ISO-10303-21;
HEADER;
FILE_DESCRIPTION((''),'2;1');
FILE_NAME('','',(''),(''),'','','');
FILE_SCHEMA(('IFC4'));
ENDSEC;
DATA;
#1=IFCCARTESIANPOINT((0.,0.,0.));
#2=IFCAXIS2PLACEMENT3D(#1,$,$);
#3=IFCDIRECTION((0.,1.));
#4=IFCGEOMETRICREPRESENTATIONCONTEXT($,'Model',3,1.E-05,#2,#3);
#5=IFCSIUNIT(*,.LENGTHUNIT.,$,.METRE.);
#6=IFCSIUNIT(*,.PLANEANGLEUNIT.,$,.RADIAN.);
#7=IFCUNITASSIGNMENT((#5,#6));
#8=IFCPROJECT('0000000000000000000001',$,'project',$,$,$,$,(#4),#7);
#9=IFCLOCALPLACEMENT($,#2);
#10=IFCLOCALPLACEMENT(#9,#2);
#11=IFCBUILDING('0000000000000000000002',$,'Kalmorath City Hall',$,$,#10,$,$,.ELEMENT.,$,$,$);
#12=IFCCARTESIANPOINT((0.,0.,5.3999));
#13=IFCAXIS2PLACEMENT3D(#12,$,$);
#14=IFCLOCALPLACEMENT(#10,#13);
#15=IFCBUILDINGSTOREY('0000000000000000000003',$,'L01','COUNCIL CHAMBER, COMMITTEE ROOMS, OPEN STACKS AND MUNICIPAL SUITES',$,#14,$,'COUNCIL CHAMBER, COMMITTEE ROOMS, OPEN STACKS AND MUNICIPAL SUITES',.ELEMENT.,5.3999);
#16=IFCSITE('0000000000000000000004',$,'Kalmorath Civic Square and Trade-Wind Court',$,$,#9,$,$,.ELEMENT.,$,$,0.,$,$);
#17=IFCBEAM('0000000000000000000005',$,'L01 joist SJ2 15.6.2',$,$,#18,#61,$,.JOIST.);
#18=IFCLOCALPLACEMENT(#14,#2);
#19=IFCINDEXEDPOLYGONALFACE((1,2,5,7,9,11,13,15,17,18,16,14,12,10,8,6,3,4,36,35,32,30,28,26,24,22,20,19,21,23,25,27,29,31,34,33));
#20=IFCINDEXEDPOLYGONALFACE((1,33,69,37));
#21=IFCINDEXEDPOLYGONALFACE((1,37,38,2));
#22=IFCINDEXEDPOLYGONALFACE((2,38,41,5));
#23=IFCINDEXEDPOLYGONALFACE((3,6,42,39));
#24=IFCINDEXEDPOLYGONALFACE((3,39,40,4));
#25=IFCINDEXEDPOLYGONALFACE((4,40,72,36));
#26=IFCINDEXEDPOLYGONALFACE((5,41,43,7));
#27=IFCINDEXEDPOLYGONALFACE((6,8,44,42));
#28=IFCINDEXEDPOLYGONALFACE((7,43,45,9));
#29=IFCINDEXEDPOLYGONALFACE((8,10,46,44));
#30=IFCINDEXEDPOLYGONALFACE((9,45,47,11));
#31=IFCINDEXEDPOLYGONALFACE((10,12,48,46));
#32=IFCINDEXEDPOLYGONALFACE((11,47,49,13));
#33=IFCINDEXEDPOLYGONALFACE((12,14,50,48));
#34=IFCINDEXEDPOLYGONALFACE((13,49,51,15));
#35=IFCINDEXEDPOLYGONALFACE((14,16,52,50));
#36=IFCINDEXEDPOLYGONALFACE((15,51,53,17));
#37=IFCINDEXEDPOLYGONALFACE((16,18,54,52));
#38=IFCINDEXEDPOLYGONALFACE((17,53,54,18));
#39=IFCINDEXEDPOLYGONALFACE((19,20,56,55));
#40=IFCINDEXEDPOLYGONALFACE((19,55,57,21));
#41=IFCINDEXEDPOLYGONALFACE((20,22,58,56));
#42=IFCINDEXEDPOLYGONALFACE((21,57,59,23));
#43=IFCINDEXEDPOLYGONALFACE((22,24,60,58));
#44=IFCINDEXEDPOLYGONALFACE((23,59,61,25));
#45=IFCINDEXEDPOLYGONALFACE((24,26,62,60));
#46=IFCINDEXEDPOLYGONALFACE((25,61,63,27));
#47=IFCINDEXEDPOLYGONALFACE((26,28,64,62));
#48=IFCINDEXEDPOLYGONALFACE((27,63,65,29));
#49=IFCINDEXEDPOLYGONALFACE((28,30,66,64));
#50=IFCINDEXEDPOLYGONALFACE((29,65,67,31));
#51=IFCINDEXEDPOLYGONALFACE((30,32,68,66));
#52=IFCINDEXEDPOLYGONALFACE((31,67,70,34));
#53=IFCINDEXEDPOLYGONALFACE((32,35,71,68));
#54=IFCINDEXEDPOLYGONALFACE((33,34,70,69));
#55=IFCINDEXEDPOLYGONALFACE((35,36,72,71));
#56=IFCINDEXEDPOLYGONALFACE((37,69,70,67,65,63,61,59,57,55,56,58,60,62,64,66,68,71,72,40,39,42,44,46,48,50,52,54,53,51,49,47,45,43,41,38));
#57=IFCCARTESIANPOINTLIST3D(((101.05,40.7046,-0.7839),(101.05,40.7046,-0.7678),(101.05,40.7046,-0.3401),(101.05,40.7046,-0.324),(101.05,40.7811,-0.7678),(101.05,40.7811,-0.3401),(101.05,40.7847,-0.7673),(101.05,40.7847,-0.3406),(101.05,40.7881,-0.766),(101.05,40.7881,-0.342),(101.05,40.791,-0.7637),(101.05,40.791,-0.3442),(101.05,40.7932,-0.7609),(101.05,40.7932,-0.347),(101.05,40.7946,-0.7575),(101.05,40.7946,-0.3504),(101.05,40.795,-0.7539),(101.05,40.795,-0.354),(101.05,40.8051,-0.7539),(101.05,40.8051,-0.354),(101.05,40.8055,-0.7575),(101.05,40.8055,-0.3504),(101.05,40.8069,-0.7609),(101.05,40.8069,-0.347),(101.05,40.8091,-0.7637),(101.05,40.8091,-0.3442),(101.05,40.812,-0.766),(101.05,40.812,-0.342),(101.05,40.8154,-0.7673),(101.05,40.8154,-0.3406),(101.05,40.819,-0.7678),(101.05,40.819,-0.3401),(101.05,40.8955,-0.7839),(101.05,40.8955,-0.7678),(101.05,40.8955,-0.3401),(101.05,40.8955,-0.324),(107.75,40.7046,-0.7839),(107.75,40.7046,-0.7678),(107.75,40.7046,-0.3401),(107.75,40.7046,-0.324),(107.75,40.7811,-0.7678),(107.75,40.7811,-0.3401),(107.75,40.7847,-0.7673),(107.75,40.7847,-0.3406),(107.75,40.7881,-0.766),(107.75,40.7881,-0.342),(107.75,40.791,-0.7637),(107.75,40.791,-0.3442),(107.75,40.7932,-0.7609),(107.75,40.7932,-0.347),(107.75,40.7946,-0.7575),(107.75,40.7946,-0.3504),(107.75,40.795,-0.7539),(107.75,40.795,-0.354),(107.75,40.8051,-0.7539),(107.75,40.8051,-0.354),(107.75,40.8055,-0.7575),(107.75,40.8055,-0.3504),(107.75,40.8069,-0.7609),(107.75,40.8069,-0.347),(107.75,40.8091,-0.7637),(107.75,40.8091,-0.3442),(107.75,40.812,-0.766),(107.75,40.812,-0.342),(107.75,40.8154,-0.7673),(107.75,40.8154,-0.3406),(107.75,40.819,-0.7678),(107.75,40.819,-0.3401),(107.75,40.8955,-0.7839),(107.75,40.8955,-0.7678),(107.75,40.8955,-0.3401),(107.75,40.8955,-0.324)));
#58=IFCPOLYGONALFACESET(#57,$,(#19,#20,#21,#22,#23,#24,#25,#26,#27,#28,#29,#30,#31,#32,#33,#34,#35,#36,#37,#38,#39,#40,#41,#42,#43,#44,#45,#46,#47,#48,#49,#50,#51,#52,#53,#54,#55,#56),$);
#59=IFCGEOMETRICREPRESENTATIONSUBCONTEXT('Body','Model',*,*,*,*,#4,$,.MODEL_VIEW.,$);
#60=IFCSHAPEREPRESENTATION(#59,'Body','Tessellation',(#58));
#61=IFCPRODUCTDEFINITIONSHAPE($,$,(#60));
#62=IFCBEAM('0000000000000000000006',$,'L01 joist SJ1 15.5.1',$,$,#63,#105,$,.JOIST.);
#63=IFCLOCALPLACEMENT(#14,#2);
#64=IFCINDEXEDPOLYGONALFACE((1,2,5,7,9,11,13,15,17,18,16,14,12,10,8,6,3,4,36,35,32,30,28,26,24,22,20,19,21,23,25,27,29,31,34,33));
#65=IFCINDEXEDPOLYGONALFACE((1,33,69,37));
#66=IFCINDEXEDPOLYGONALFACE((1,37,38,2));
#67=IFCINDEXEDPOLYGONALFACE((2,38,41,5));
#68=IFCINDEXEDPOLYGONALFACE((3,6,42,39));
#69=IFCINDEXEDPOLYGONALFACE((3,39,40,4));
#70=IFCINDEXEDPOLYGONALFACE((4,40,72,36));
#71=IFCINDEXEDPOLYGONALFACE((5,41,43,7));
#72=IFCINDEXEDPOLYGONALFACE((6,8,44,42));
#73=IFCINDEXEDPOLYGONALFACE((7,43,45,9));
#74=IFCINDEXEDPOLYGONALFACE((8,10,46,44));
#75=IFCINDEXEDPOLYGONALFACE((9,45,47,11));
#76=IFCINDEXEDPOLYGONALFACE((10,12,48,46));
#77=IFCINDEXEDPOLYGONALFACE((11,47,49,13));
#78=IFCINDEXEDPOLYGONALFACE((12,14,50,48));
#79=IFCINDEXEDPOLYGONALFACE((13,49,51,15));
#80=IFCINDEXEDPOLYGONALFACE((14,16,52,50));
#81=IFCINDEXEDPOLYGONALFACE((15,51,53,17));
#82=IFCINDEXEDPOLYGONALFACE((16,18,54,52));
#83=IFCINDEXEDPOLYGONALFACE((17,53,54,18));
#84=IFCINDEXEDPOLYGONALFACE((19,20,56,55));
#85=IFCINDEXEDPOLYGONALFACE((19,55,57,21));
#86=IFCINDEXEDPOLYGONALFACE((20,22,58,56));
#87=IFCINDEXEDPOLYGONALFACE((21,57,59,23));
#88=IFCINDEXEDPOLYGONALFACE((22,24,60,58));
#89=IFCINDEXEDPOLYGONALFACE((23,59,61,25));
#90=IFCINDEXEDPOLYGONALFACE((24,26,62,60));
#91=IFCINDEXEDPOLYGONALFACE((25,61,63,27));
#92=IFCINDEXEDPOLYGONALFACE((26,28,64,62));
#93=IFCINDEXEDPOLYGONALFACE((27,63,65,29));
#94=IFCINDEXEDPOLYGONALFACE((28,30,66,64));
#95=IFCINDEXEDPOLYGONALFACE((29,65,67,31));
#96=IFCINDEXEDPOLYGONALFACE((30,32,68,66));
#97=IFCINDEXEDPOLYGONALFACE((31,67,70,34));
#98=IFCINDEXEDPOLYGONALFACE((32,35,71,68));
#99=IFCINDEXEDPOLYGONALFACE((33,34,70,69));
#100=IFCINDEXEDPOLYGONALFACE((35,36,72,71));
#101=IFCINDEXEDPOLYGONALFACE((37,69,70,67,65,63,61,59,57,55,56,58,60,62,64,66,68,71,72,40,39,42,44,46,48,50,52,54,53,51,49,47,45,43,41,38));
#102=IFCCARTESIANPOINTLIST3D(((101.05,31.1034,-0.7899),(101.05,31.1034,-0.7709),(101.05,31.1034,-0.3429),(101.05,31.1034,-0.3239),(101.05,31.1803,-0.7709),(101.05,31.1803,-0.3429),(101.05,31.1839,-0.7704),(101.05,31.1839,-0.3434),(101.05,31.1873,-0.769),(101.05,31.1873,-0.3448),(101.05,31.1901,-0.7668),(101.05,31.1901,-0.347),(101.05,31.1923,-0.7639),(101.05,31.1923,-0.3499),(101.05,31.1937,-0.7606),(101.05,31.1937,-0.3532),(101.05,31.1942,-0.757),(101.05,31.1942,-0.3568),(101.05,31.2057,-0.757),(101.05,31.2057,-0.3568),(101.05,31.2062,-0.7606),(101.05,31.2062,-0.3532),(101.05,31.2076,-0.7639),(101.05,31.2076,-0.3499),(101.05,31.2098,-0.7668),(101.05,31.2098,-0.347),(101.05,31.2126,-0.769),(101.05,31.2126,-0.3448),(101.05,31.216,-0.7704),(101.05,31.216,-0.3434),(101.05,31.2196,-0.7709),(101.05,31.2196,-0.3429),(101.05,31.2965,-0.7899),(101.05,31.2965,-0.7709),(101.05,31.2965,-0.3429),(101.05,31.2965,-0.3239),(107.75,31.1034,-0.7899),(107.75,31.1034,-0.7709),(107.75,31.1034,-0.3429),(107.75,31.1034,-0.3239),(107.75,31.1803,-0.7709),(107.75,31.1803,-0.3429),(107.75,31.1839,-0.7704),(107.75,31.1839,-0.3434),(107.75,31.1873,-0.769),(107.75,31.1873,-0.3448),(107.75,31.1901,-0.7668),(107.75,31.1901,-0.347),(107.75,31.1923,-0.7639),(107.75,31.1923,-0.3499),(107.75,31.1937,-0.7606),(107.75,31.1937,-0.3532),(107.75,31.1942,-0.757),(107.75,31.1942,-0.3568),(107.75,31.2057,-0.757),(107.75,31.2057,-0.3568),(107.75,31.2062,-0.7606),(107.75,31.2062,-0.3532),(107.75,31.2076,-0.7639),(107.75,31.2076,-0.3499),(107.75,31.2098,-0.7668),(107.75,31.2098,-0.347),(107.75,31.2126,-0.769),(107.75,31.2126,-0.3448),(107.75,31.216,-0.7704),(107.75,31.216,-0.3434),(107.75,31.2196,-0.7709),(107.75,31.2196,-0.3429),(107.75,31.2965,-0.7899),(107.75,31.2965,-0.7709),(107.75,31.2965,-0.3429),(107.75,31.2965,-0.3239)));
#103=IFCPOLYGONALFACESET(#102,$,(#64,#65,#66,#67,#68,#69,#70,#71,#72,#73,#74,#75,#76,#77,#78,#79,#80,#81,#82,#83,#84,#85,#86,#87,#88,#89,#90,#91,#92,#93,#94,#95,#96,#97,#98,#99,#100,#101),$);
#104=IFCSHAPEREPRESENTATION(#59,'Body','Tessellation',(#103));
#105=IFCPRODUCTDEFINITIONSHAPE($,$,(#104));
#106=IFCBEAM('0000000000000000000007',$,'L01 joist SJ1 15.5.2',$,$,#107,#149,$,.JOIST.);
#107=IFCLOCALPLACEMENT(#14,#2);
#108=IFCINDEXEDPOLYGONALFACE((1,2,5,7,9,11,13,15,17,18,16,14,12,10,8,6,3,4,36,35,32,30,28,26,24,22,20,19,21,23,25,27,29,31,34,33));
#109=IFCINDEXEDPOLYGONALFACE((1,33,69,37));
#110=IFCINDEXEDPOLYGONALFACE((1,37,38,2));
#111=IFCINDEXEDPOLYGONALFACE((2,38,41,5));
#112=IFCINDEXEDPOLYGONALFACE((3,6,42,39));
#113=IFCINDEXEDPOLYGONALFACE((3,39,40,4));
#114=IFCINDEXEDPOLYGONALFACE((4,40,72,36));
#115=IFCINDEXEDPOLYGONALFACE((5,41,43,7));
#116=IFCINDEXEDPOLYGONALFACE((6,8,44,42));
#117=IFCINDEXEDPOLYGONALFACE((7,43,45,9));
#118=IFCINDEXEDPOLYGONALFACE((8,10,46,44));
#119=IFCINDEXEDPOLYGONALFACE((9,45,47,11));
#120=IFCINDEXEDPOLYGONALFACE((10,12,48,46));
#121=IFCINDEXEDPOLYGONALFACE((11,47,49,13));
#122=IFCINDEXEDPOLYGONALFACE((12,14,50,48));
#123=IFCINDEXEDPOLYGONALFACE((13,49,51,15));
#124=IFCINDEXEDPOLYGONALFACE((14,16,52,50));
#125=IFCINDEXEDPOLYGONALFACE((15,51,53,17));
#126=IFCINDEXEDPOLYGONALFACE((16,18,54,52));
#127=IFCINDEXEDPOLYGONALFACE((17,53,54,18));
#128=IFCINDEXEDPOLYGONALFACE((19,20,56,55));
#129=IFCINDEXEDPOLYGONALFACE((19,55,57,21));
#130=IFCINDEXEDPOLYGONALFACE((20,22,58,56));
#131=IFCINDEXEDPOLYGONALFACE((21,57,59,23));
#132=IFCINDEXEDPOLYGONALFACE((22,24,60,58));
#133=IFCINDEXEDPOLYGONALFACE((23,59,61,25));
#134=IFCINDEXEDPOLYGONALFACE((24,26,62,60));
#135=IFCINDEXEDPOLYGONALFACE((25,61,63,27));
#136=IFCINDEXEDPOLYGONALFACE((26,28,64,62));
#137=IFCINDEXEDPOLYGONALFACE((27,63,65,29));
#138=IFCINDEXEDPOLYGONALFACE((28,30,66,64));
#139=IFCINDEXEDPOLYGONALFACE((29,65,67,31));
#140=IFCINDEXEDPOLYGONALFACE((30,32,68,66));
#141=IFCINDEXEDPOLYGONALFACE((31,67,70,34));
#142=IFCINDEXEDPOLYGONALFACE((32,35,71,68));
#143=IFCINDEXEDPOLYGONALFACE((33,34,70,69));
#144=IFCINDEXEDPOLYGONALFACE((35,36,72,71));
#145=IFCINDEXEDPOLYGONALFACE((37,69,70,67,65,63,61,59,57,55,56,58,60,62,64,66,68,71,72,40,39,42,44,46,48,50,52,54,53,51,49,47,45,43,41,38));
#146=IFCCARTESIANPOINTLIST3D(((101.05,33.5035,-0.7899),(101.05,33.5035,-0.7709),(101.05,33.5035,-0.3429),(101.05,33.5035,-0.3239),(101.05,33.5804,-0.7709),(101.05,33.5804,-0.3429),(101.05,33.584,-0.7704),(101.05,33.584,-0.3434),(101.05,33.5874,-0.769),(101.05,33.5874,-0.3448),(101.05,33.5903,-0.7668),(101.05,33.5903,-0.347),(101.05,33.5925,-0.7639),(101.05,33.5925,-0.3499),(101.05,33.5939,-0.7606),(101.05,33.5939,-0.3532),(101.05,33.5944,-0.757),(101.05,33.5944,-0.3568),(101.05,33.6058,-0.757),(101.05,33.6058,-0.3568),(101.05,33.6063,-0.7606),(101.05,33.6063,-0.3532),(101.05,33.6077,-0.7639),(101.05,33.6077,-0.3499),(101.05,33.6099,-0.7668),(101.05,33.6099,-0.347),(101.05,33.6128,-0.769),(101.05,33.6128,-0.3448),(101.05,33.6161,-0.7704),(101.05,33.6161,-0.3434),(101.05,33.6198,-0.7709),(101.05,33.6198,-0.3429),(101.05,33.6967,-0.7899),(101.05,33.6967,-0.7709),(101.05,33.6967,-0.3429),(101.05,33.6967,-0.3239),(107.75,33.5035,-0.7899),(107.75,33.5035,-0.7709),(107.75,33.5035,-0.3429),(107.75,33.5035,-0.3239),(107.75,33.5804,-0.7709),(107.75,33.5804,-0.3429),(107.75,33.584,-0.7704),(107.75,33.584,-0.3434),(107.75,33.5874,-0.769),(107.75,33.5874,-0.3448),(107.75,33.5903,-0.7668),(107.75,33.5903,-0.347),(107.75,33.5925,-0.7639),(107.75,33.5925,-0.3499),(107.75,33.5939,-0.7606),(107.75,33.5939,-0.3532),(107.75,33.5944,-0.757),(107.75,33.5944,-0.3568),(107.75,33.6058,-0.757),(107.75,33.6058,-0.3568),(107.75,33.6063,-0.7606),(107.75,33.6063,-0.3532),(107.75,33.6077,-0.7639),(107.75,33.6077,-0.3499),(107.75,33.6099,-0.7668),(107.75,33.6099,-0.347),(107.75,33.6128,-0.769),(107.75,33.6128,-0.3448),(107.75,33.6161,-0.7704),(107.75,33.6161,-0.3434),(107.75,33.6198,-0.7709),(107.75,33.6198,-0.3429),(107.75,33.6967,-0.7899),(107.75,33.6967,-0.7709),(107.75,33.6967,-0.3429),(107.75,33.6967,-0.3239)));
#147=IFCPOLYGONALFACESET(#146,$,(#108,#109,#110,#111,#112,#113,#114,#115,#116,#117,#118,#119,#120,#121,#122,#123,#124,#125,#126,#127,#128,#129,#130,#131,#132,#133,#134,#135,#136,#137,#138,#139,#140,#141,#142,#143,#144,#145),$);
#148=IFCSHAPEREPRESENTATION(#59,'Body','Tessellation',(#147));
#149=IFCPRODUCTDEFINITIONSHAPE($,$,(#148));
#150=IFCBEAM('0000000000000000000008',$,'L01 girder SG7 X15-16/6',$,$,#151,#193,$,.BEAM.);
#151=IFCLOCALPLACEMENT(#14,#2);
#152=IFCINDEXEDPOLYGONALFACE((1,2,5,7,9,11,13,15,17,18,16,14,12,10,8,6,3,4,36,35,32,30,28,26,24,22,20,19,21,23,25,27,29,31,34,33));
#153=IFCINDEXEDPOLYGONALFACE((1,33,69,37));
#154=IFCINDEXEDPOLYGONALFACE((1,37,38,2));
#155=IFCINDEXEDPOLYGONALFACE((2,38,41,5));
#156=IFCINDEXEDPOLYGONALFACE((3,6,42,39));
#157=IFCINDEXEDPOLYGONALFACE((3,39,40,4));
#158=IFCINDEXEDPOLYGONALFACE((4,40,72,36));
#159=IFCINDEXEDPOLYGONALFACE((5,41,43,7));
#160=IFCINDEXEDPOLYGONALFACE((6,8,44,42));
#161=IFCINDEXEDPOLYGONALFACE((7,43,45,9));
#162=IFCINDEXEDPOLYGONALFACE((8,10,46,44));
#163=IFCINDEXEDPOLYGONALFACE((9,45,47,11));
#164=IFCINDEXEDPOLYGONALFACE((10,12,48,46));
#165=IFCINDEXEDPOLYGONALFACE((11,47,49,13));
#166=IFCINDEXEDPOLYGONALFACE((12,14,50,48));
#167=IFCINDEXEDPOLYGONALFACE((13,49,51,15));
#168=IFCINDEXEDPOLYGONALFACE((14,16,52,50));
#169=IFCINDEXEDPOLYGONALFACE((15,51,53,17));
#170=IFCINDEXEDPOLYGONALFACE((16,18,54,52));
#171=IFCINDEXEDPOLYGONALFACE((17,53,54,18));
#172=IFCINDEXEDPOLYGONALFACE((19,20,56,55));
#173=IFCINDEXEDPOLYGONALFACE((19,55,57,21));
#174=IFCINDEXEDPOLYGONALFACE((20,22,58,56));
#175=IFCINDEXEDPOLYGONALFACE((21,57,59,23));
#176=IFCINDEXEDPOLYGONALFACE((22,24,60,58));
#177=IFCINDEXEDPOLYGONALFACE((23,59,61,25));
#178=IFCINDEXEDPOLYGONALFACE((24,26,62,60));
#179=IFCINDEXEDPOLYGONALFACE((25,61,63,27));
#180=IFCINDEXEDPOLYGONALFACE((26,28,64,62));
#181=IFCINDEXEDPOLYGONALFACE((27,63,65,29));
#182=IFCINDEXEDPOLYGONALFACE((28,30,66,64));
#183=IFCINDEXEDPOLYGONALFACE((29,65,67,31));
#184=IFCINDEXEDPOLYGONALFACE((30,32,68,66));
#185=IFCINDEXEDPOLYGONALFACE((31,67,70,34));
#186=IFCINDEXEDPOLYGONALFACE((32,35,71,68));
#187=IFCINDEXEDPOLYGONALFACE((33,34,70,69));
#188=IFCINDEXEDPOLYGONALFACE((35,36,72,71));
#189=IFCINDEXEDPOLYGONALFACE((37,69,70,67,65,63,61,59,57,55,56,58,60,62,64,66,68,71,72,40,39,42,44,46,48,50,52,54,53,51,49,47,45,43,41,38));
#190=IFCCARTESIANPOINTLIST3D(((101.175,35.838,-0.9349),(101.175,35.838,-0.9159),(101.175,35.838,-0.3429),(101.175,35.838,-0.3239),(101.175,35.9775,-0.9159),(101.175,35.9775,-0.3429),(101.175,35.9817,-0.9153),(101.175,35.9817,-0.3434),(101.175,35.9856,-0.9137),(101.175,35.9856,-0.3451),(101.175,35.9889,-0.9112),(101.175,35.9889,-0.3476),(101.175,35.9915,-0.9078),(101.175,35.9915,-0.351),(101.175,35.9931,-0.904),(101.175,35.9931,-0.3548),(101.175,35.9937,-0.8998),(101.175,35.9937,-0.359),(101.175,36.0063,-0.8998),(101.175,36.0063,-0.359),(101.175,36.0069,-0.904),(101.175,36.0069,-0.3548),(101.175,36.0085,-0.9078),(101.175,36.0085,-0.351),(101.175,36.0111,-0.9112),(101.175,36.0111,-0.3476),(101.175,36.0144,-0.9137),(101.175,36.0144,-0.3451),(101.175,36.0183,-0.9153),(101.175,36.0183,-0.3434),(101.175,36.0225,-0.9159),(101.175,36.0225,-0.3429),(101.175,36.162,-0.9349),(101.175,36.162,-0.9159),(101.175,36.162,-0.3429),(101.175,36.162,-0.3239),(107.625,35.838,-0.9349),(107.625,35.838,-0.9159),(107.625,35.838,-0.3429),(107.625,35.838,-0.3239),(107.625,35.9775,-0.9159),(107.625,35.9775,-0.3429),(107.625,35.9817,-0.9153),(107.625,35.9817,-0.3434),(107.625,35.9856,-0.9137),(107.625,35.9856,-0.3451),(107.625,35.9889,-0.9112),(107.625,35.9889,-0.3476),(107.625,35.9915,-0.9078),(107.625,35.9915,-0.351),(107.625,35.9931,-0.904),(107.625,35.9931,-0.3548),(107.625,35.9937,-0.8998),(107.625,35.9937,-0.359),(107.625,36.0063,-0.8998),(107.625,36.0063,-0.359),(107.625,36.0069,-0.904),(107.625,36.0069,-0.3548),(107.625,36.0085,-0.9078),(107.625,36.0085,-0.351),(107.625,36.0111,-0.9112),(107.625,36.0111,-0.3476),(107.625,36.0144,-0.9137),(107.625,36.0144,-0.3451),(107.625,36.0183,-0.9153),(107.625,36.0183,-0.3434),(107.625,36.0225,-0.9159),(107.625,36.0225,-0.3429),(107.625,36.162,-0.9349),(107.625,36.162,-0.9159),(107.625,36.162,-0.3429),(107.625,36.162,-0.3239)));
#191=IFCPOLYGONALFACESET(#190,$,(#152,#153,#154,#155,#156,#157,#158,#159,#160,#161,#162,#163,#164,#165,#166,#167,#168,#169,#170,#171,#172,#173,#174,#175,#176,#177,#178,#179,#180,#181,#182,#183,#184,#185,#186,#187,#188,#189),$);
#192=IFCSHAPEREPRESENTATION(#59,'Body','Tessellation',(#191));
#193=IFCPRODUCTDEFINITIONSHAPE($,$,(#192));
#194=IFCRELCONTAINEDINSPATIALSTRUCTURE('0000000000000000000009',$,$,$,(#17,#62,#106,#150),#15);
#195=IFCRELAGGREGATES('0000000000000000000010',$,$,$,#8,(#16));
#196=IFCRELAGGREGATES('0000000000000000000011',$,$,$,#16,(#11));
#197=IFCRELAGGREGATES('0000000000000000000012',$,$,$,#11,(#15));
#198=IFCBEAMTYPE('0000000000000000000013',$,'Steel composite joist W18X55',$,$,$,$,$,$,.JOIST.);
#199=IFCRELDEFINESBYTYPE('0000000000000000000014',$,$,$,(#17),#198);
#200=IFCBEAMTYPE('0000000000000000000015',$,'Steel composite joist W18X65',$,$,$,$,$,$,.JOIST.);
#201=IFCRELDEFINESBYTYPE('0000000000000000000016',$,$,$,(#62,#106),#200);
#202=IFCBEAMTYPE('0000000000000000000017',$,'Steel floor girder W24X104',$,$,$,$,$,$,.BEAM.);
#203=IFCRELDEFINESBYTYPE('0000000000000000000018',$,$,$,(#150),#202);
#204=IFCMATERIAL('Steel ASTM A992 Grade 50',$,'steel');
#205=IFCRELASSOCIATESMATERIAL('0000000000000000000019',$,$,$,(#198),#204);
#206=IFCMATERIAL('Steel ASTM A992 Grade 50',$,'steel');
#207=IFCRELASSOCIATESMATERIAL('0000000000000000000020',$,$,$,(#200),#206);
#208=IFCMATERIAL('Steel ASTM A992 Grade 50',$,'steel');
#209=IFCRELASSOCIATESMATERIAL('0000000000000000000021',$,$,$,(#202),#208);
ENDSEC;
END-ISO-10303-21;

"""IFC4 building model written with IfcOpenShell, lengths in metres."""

from ifc_helpers import new_model, si_unit, direction, frame, origin, origin_2d, place, context, subcontext, project, spatial, i_section, extrude, material, material_profile, profile_set, type_object, element, save


model = new_model("IFC4")

# Units and contexts
model_context = context("Model", 3, precision=1e-05, world=origin(), true_north=direction((0.0, 1.0)))
body_context = subcontext(model_context, "Body", "Model", "MODEL_VIEW")
ifc_project = project(units=[si_unit("LENGTHUNIT", "METRE"), si_unit("PLANEANGLEUNIT", "RADIAN")], contexts=[model_context])

# Site, building, storey
site_placement = place(None, origin())
site = spatial("IfcSite", under=ifc_project, at=site_placement, Name="Kalmorath Civic Square and Trade-Wind Court", CompositionType="ELEMENT", RefElevation=0.0)
building_placement = place(site_placement, origin())
building = spatial("IfcBuilding", under=site, at=building_placement, Name="Kalmorath City Hall", CompositionType="ELEMENT")
storey_placement = place(building_placement, frame((0.0, 0.0, 5.3999)))
storey = spatial("IfcBuildingStorey", under=building, at=storey_placement, Name="L01", Description="COUNCIL CHAMBER, COMMITTEE ROOMS, OPEN STACKS AND MUNICIPAL SUITES", LongName="COUNCIL CHAMBER, COMMITTEE ROOMS, OPEN STACKS AND MUNICIPAL SUITES", CompositionType="ELEMENT", Elevation=5.3999)

# Beams
ifc_material_1 = material(Name="Steel ASTM A992 Grade 50", Category="steel")
ifc_material_profile_1 = material_profile(ifc_material_1, i_section(OverallWidth=0.1909, OverallDepth=0.46, WebThickness=0.01, FlangeThickness=0.0161, FilletRadius=0.0139, at=origin_2d()), Name="W18X55")
ifc_profile_set_1 = profile_set([ifc_material_profile_1], Name="Steel ASTM A992 Grade 50")
beam_type_1 = type_object("IfcBeamType", Name="Steel composite joist W18X55", PredefinedType="JOIST", material=ifc_profile_set_1)
for number, where, z_axis, x_axis, name in (
    (1, (101.05, 40.8, -0.554), (1.0, 0.0, 0.0), (0.0, 1.0, 0.0), "L01 joist SJ2 15.6.2"),
):
    element("IfcBeam", number, at=place(storey_placement, frame(where, z_axis=z_axis, x_axis=x_axis)), inside=storey, type_object=beam_type_1, Name=name, PredefinedType="JOIST", context=body_context, shape_type="SweptSolid", body=[
        extrude(i_section(OverallWidth=0.1909, OverallDepth=0.46, WebThickness=0.01, FlangeThickness=0.0161, FilletRadius=0.0139, at=origin_2d()), origin(), (0.0, 0.0, 1.0), 6.7),
    ])
ifc_material_2 = material(Name="Steel ASTM A992 Grade 50", Category="steel")
ifc_material_profile_2 = material_profile(ifc_material_2, i_section(OverallWidth=0.1931, OverallDepth=0.4661, WebThickness=0.0115, FlangeThickness=0.019, FilletRadius=0.0139, at=origin_2d()), Name="W18X65")
ifc_profile_set_2 = profile_set([ifc_material_profile_2], Name="Steel ASTM A992 Grade 50")
beam_type_2 = type_object("IfcBeamType", Name="Steel composite joist W18X65", PredefinedType="JOIST", material=ifc_profile_set_2)
for number, where, z_axis, x_axis, name in (
    (2, (101.05, 31.2, -0.5569), (1.0, 0.0, 0.0), (0.0, 1.0, 0.0), "L01 joist SJ1 15.5.1"),
    (3, (101.05, 33.6001, -0.5569), (1.0, 0.0, 0.0), (0.0, 1.0, 0.0), "L01 joist SJ1 15.5.2"),
):
    element("IfcBeam", number, at=place(storey_placement, frame(where, z_axis=z_axis, x_axis=x_axis)), inside=storey, type_object=beam_type_2, Name=name, PredefinedType="JOIST", context=body_context, shape_type="SweptSolid", body=[
        extrude(i_section(OverallWidth=0.1931, OverallDepth=0.4661, WebThickness=0.0115, FlangeThickness=0.019, FilletRadius=0.0139, at=origin_2d()), origin(), (0.0, 0.0, 1.0), 6.7),
    ])
ifc_material_3 = material(Name="Steel ASTM A992 Grade 50", Category="steel")
ifc_material_profile_3 = material_profile(ifc_material_3, i_section(OverallWidth=0.324, OverallDepth=0.6111, WebThickness=0.0127, FlangeThickness=0.019, FilletRadius=0.0161, at=origin_2d()), Name="W24X104")
ifc_profile_set_3 = profile_set([ifc_material_profile_3], Name="Steel ASTM A992 Grade 50")
beam_type_3 = type_object("IfcBeamType", Name="Steel floor girder W24X104", PredefinedType="BEAM", material=ifc_profile_set_3)
beam_placement = place(storey_placement, frame((101.175, 36.0, -0.6294), z_axis=(1.0, 0.0, 0.0), x_axis=(0.0, 1.0, 0.0)))
element("IfcBeam", 4, at=beam_placement, inside=storey, type_object=beam_type_3, Name="L01 girder SG7 X15-16/6", PredefinedType="BEAM", context=body_context, shape_type="SweptSolid", body=[
    extrude(i_section(OverallWidth=0.324, OverallDepth=0.6111, WebThickness=0.0127, FlangeThickness=0.019, FilletRadius=0.0161, at=origin_2d()), origin(), (0.0, 0.0, 1.0), 6.45),
])

save(model, "model.ifc")
